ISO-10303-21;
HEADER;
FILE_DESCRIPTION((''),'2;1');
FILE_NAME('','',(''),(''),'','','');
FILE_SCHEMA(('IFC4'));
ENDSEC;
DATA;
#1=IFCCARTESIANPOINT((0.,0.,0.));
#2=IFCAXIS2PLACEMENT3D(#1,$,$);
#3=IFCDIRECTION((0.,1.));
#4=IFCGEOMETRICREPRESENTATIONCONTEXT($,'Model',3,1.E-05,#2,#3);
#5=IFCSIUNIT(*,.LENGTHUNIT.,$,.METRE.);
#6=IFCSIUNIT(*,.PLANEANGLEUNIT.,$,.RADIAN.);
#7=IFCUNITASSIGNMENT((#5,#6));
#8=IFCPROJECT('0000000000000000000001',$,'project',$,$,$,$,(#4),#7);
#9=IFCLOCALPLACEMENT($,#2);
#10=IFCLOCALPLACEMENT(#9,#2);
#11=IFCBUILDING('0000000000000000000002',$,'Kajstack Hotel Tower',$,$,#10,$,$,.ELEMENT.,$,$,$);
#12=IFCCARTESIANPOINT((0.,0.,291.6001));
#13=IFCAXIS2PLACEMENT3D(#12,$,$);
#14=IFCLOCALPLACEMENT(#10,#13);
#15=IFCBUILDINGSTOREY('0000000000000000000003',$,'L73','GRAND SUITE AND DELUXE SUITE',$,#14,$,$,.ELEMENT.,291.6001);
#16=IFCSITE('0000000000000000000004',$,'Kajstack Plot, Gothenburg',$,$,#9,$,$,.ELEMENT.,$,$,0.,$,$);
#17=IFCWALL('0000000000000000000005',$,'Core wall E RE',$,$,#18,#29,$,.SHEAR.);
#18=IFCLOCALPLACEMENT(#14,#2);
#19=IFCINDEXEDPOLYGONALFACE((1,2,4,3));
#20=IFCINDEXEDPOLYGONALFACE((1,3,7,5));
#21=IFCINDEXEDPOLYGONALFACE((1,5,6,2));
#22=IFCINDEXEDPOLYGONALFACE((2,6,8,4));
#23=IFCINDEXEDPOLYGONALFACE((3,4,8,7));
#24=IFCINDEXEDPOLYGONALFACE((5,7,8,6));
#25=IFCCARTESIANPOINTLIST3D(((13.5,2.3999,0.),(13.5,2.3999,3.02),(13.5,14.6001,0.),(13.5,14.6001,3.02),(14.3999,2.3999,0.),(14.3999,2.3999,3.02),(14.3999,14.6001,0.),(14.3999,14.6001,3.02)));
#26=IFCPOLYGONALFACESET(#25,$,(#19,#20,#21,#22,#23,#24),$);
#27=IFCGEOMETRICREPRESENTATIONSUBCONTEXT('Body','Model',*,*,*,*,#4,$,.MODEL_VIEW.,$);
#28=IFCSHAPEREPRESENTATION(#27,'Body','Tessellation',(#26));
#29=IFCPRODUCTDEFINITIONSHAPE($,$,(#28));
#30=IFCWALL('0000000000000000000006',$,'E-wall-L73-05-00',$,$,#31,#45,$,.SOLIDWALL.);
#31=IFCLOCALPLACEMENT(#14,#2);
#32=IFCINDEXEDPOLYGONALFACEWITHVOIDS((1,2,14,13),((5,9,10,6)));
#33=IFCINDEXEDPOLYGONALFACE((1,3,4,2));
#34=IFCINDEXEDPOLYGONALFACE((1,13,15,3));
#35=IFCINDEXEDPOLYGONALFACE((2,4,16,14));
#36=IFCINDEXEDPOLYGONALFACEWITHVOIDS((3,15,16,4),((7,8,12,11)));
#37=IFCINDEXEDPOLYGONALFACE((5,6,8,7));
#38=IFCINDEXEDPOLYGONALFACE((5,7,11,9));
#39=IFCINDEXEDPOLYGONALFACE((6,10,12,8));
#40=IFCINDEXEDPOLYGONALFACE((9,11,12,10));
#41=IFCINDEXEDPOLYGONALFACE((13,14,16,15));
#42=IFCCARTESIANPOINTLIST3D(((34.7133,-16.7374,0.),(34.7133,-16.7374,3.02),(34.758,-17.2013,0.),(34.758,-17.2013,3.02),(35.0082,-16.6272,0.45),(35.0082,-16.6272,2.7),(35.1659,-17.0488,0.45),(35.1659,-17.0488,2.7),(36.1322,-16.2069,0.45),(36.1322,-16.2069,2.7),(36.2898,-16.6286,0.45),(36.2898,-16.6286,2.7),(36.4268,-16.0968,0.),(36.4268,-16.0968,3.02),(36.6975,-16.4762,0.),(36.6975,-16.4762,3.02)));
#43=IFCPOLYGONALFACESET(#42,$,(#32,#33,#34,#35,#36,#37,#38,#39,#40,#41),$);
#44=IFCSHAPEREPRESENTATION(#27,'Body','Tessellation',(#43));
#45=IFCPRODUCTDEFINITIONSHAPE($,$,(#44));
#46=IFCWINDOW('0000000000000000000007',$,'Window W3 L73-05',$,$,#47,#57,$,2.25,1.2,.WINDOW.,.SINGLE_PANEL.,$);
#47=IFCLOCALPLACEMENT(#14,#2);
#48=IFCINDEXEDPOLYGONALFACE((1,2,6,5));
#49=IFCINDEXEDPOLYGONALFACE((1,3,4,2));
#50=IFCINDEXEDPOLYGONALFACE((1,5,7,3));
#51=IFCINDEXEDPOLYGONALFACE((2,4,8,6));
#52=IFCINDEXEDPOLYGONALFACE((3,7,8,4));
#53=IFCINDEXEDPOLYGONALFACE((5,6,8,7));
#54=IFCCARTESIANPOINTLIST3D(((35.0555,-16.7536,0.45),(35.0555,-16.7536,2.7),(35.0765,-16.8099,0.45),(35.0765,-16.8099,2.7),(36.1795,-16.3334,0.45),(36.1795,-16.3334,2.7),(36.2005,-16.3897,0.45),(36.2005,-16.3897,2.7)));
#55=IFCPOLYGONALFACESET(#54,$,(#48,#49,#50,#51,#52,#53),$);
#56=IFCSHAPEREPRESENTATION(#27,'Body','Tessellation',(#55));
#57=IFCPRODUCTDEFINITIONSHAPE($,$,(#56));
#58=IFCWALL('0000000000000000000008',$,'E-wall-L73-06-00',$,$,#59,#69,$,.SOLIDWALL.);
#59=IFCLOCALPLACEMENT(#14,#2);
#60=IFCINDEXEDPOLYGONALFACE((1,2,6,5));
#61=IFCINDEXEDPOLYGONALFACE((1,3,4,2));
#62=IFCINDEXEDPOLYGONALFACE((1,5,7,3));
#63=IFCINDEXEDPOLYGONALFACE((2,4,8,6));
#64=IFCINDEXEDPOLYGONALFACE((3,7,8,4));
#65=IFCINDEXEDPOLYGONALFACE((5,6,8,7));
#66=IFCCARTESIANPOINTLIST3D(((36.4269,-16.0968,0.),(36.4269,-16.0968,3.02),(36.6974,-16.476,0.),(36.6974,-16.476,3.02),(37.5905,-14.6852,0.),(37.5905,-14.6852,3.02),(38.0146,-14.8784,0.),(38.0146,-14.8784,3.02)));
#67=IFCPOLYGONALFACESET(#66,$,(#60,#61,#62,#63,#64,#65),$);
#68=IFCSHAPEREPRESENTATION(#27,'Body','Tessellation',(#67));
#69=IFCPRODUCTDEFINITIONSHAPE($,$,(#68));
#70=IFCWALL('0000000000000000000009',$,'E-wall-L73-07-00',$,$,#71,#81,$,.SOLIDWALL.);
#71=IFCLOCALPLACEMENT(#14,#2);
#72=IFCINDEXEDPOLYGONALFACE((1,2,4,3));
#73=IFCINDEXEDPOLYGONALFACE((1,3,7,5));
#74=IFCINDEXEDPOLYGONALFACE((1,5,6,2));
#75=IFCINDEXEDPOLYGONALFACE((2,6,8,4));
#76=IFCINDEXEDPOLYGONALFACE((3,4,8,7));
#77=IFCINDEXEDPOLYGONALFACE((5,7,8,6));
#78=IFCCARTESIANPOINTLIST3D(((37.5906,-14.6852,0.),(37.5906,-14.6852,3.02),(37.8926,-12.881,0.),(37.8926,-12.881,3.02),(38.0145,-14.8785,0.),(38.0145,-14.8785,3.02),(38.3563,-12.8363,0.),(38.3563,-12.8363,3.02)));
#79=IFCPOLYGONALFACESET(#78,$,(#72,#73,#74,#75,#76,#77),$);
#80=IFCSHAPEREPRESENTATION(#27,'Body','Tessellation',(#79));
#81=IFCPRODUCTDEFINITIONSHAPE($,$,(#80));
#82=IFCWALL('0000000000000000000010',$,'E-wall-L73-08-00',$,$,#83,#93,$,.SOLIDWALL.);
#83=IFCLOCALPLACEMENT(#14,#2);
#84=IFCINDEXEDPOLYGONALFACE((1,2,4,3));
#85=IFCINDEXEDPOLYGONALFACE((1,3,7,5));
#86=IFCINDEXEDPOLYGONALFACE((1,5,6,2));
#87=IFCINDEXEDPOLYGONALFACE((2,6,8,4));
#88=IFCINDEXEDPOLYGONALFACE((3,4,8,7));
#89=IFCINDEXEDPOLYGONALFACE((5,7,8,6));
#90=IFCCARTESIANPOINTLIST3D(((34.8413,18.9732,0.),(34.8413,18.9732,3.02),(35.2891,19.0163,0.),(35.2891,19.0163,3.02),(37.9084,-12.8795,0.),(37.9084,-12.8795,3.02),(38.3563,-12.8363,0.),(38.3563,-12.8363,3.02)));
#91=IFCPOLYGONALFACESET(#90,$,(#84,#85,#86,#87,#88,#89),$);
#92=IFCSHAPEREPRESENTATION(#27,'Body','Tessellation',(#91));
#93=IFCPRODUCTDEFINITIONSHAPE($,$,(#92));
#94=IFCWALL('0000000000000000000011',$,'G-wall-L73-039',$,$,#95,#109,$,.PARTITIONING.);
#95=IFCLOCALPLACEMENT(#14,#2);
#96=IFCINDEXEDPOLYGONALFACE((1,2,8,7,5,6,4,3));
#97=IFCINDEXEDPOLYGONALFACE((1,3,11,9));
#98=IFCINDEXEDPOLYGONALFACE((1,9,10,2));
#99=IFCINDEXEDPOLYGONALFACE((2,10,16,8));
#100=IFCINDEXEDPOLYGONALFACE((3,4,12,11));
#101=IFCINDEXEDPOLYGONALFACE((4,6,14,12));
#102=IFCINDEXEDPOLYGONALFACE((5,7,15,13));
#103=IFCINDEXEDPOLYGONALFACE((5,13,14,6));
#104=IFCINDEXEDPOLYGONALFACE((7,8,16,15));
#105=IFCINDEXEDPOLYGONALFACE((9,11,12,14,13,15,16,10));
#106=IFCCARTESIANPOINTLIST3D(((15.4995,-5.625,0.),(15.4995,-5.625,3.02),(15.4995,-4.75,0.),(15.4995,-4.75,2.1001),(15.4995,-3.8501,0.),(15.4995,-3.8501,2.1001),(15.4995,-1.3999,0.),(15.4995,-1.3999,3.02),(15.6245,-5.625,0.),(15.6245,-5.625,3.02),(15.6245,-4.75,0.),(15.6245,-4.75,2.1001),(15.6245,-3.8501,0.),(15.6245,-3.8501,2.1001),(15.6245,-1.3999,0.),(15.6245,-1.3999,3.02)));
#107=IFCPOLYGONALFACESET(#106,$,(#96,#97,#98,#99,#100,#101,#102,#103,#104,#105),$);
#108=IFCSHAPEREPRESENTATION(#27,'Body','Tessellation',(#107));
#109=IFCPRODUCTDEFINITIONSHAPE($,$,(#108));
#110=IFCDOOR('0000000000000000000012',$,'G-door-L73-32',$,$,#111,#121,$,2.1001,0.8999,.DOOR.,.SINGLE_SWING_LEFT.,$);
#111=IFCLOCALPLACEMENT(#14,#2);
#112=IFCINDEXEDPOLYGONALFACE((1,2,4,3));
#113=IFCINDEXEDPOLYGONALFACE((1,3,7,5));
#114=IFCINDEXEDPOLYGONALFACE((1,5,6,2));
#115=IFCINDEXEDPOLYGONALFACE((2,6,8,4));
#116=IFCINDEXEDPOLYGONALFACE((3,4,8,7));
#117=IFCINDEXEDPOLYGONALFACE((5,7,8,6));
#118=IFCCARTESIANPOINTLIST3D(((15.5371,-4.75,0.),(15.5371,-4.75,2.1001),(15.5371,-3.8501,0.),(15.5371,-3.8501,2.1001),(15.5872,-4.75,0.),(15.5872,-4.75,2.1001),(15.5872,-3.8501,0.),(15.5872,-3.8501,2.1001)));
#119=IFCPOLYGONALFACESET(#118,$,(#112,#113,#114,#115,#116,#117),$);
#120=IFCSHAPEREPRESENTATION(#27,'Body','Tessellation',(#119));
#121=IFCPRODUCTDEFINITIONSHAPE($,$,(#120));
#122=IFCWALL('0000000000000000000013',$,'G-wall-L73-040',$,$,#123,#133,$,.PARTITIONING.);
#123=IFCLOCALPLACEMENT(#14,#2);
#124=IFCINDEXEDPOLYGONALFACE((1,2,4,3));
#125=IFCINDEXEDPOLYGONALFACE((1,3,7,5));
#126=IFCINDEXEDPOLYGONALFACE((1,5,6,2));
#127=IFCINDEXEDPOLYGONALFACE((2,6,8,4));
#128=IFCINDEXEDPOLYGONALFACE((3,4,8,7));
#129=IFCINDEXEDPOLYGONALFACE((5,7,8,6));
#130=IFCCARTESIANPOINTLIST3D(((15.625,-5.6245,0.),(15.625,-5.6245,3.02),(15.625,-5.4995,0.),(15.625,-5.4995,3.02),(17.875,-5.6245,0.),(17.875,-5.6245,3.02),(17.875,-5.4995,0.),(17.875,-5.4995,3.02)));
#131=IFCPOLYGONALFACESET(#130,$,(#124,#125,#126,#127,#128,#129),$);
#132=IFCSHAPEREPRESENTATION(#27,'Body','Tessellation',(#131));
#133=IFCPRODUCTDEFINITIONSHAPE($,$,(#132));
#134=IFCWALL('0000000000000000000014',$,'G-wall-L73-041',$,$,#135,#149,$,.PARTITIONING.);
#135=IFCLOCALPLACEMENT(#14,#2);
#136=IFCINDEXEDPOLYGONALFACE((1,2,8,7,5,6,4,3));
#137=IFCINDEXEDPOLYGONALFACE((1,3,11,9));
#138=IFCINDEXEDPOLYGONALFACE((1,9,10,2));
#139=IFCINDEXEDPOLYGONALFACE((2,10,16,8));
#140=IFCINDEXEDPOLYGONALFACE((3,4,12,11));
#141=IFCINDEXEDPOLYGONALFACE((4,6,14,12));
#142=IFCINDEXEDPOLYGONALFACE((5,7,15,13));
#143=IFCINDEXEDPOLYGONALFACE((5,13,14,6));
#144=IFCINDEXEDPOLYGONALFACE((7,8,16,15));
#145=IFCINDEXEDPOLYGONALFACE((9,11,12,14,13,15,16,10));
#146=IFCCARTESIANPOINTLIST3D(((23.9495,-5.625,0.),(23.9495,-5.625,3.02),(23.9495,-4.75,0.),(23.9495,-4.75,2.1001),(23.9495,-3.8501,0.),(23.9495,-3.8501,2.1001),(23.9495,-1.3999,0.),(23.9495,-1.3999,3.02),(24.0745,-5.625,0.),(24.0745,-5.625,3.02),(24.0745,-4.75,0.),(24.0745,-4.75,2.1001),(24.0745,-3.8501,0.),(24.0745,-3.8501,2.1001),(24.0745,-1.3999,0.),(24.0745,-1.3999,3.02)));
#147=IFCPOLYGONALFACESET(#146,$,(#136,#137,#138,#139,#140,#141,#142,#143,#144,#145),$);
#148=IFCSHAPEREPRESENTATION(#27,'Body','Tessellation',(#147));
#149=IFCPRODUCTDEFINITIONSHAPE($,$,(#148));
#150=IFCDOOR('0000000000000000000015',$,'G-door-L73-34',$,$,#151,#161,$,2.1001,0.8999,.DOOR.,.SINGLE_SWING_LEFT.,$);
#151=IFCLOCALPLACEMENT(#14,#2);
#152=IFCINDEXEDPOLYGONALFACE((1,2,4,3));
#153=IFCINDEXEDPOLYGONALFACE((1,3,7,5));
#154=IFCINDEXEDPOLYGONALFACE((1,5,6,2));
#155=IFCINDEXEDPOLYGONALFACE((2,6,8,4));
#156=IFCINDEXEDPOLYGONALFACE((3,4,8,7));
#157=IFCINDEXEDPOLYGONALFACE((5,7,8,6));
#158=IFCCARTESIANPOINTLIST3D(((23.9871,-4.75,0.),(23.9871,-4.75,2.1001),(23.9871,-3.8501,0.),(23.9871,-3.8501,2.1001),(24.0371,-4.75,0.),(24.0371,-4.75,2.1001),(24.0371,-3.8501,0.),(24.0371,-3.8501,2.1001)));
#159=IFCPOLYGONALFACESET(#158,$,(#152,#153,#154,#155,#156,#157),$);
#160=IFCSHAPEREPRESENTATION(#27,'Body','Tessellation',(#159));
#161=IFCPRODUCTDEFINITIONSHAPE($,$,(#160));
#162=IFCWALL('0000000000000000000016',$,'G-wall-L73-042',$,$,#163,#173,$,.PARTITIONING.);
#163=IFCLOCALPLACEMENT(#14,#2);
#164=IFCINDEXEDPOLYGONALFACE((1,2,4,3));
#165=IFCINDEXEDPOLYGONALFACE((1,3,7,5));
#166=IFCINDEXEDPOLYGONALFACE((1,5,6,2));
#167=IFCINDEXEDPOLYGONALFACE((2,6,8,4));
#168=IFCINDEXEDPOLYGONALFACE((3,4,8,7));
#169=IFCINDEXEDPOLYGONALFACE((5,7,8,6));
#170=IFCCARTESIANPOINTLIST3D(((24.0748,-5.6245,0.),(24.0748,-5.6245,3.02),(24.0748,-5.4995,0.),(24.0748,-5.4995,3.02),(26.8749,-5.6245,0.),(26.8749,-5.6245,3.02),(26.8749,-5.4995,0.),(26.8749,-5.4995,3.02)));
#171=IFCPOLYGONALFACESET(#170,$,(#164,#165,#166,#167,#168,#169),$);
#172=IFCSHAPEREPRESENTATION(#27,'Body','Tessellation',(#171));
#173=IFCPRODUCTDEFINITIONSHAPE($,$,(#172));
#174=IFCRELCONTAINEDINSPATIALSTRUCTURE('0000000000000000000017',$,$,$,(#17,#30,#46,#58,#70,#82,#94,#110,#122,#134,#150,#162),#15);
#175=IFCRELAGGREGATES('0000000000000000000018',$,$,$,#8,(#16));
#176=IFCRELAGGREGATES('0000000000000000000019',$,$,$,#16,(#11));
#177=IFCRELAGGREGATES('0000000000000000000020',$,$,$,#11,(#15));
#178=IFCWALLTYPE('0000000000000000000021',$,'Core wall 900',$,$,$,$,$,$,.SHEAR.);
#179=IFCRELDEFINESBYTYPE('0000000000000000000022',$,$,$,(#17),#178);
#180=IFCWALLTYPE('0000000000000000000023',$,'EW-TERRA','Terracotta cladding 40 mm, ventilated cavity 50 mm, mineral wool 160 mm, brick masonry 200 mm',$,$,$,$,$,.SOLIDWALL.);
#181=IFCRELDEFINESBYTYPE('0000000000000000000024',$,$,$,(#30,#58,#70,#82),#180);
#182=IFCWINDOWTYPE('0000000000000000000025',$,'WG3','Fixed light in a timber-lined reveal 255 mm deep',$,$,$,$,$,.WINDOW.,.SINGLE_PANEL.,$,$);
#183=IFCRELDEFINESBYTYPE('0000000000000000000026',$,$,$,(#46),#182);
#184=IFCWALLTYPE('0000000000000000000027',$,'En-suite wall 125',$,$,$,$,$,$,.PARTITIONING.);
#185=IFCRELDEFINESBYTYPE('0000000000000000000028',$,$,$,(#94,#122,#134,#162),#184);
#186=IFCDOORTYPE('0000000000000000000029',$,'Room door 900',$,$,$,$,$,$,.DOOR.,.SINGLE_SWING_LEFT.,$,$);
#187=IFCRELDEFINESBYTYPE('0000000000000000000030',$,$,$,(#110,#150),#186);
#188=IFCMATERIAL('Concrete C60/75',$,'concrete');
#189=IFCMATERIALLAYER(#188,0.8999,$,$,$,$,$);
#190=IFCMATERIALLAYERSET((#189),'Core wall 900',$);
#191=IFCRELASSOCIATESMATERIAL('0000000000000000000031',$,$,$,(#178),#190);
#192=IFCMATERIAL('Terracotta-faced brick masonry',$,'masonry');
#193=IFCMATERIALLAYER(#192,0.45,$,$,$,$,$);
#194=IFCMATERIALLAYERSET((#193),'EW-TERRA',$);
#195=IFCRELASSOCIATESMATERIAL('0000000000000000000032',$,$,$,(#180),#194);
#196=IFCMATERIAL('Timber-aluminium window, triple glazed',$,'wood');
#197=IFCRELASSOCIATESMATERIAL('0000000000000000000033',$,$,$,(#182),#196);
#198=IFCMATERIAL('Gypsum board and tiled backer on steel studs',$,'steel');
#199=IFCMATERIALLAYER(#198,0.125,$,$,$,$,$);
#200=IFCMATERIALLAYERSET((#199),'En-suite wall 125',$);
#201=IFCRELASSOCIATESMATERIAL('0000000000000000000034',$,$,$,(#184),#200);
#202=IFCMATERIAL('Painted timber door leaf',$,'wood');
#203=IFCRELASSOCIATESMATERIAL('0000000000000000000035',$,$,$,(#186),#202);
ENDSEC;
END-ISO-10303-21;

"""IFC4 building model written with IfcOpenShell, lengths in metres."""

from ifc_helpers import new_model, si_unit, direction, frame, frame_2d, origin, place, context, subcontext, project, spatial, polyline, rectangle, outline, extrude, material, layer, layer_set, type_object, element, fill, save


model = new_model("IFC4")

# Units and contexts
model_context = context("Model", 3, precision=1e-05, world=origin(), true_north=direction((0.0, 1.0)))
body_context = subcontext(model_context, "Body", "Model", "MODEL_VIEW")
ifc_project = project(units=[si_unit("LENGTHUNIT", "METRE"), si_unit("PLANEANGLEUNIT", "RADIAN")], contexts=[model_context])

# Site, building, storey
site_placement = place(None, origin())
site = spatial("IfcSite", under=ifc_project, at=site_placement, Name="Kajstack Plot, Gothenburg", CompositionType="ELEMENT", RefElevation=0.0)
building_placement = place(site_placement, origin())
building = spatial("IfcBuilding", under=site, at=building_placement, Name="Kajstack Hotel Tower", CompositionType="ELEMENT")
storey_placement = place(building_placement, frame((0.0, 0.0, 291.6001)))
storey = spatial("IfcBuildingStorey", under=building, at=storey_placement, Name="L73", Description="GRAND SUITE AND DELUXE SUITE", CompositionType="ELEMENT", Elevation=291.6001)

# Wall
ifc_material_1 = material(Name="Concrete C60/75", Category="concrete")
ifc_layer_1 = layer(ifc_material_1, 0.8999)
ifc_layer_set_1 = layer_set([ifc_layer_1], Name="Core wall 900")
wall_type_1 = type_object("IfcWallType", Name="Core wall 900", PredefinedType="SHEAR", material=ifc_layer_set_1)
wall_1_placement = place(storey_placement, frame((13.95, 2.3999, 0.0), z_axis=(0.0, 0.0, 1.0), x_axis=(0.0, 1.0, 0.0)))
element("IfcWall", 1, at=wall_1_placement, inside=storey, type_object=wall_type_1, Name="Core wall E RE", PredefinedType="SHEAR", context=body_context, shape_type="SweptSolid", body=[
    extrude(rectangle(XDim=12.2002, YDim=0.8999, at=frame_2d((6.1001, 0.0))), origin(), (0.0, 0.0, 1.0), 3.02),
])

# Wall, opening, window
ifc_material_2 = material(Name="Terracotta-faced brick masonry", Category="masonry")
ifc_layer_2 = layer(ifc_material_2, 0.45)
ifc_layer_set_2 = layer_set([ifc_layer_2], Name="EW-TERRA")
wall_type_2 = type_object("IfcWallType", Name="EW-TERRA", Description="Terracotta cladding 40 mm, ventilated cavity 50 mm, mineral wool 160 mm, brick masonry 200 mm", PredefinedType="SOLIDWALL", material=ifc_layer_set_2)
wall_2_placement = place(storey_placement, frame((34.6792, -16.9905, 0.0), z_axis=(0.0, 0.0, 1.0), x_axis=(0.936678, 0.350193, 0.0)))
wall_2 = element("IfcWall", 2, at=wall_2_placement, inside=storey, type_object=wall_type_2, Name="E-wall-L73-05-00", PredefinedType="SOLIDWALL", context=body_context, shape_type="SweptSolid", body=[
    extrude(outline(polyline([(0.0, -0.2251), (2.0706, -0.2251), (1.95, 0.2251), (0.1206, 0.2251), (0.0, -0.2251)])), origin(), (0.0, 0.0, 1.0), 3.02),
])
opening_1_placement = place(wall_2_placement, frame((0.4353, 0.0, 0.45)))
opening_1 = element("IfcOpeningElement", 3, at=opening_1_placement, cuts=wall_2, PredefinedType="OPENING", context=body_context, shape_type="SweptSolid", body=[
    extrude(rectangle(XDim=1.2, YDim=2.25, at=frame_2d((0.6001, 1.125))), frame((0.0, 0.2349, 0.0), z_axis=(0.0, -1.0, 0.0), x_axis=(1.0, 0.0, 0.0)), (0.0, 0.0, 1.0), 0.47),
])
ifc_material_3 = material(Name="Timber-aluminium window, triple glazed", Category="wood")
window_type = type_object("IfcWindowType", Name="WG3", Description="Fixed light in a timber-lined reveal 255 mm deep", PartitioningType="SINGLE_PANEL", PredefinedType="WINDOW", material=ifc_material_3)
window_placement = place(opening_1_placement, origin())
window = element("IfcWindow", 4, at=window_placement, inside=storey, type_object=window_type, Name="Window W3 L73-05", OverallHeight=2.25, OverallWidth=1.2, PartitioningType="SINGLE_PANEL", PredefinedType="WINDOW", context=body_context, shape_type="SweptSolid", body=[
    extrude(rectangle(XDim=1.2, YDim=2.25, at=frame_2d((0.6001, 1.125))), frame((0.0, 0.0901, 0.0), z_axis=(0.0, -1.0, 0.0), x_axis=(1.0, 0.0, 0.0)), (0.0, 0.0, 1.0), 0.0601),
])
fill(opening_1, window)

# Walls
wall_3_placement = place(storey_placement, frame((36.5239, -16.333, 0.0), z_axis=(0.0, 0.0, 1.0), x_axis=(0.636046, 0.771651, 0.0)))
element("IfcWall", 5, at=wall_3_placement, inside=storey, type_object=wall_type_2, Name="E-wall-L73-06-00", PredefinedType="SOLIDWALL", context=body_context, shape_type="SweptSolid", body=[
    extrude(outline(polyline([(0.0, -0.2249), (2.0706, -0.2251), (1.95, 0.2251), (0.1206, 0.2251), (0.0, -0.2249)])), origin(), (0.0, 0.0, 1.0), 3.02),
])
wall_4_placement = place(storey_placement, frame((37.7925, -14.8413, 0.0), z_axis=(0.0, 0.0, 1.0), x_axis=(0.165068, 0.986282, 0.0)))
element("IfcWall", 6, at=wall_4_placement, inside=storey, type_object=wall_type_2, Name="E-wall-L73-07-00", PredefinedType="SOLIDWALL", context=body_context, shape_type="SweptSolid", body=[
    extrude(outline(polyline([(0.0, -0.2251), (2.0706, -0.2251), (1.95, 0.2249), (0.1206, 0.2249), (0.0, -0.2251)])), origin(), (0.0, 0.0, 1.0), 3.02),
])
wall_5_placement = place(storey_placement, frame((38.1323, -12.8579, 0.0), z_axis=(0.0, 0.0, 1.0), x_axis=(-0.095848, 0.995396, 0.0)))
element("IfcWall", 7, at=wall_5_placement, inside=storey, type_object=wall_type_2, Name="E-wall-L73-08-00", PredefinedType="SOLIDWALL", context=body_context, shape_type="SweptSolid", body=[
    extrude(rectangle(XDim=32.0, YDim=0.45, at=frame_2d((16.0, 0.0))), origin(), (0.0, 0.0, 1.0), 3.02),
])

# Wall, opening, door
ifc_material_4 = material(Name="Gypsum board and tiled backer on steel studs", Category="steel")
ifc_layer_3 = layer(ifc_material_4, 0.125)
ifc_layer_set_3 = layer_set([ifc_layer_3], Name="En-suite wall 125")
wall_type_3 = type_object("IfcWallType", Name="En-suite wall 125", PredefinedType="PARTITIONING", material=ifc_layer_set_3)
wall_6_placement = place(storey_placement, frame((15.562, -5.625, 0.0), z_axis=(0.0, 0.0, 1.0), x_axis=(0.0, 1.0, 0.0)))
wall_6 = element("IfcWall", 8, at=wall_6_placement, inside=storey, type_object=wall_type_3, Name="G-wall-L73-039", PredefinedType="PARTITIONING", context=body_context, shape_type="SweptSolid", body=[
    extrude(rectangle(XDim=4.2251, YDim=0.125, at=frame_2d((2.1125, 0.0))), origin(), (0.0, 0.0, 1.0), 3.02),
])
opening_2_placement = place(wall_6_placement, frame((0.875, 0.0, 0.0)))
opening_2 = element("IfcOpeningElement", 9, at=opening_2_placement, cuts=wall_6, PredefinedType="OPENING", context=body_context, shape_type="SweptSolid", body=[
    extrude(rectangle(XDim=0.8999, YDim=2.1001, at=frame_2d((0.45, 1.05))), frame((0.0, 0.0725, 0.0), z_axis=(0.0, -1.0, 0.0), x_axis=(1.0, 0.0, 0.0)), (0.0, 0.0, 1.0), 0.145),
])
ifc_material_5 = material(Name="Painted timber door leaf", Category="wood")
door_type_1 = type_object("IfcDoorType", Name="Room door 900", OperationType="SINGLE_SWING_LEFT", PredefinedType="DOOR", material=ifc_material_5)
door_1_placement = place(opening_2_placement, origin())
door_1 = element("IfcDoor", 10, at=door_1_placement, inside=storey, type_object=door_type_1, Name="G-door-L73-32", OperationType="SINGLE_SWING_LEFT", OverallHeight=2.1001, OverallWidth=0.8999, PredefinedType="DOOR", context=body_context, shape_type="SweptSolid", body=[
    extrude(rectangle(XDim=0.8999, YDim=2.1001, at=frame_2d((0.45, 1.05))), frame((0.0, 0.0249, 0.0), z_axis=(0.0, -1.0, 0.0), x_axis=(1.0, 0.0, 0.0)), (0.0, 0.0, 1.0), 0.05),
])
fill(opening_2, door_1)

# Wall
wall_7_placement = place(storey_placement, frame((15.625, -5.562, 0.0), z_axis=(0.0, 0.0, 1.0), x_axis=(1.0, 0.0, 0.0)))
element("IfcWall", 11, at=wall_7_placement, inside=storey, type_object=wall_type_3, Name="G-wall-L73-040", PredefinedType="PARTITIONING", context=body_context, shape_type="SweptSolid", body=[
    extrude(rectangle(XDim=2.25, YDim=0.125, at=frame_2d((1.125, 0.0))), origin(), (0.0, 0.0, 1.0), 3.02),
])

# Wall, opening, door
wall_8_placement = place(storey_placement, frame((24.012, -5.625, 0.0), z_axis=(0.0, 0.0, 1.0), x_axis=(0.0, 1.0, 0.0)))
wall_8 = element("IfcWall", 12, at=wall_8_placement, inside=storey, type_object=wall_type_3, Name="G-wall-L73-041", PredefinedType="PARTITIONING", context=body_context, shape_type="SweptSolid", body=[
    extrude(rectangle(XDim=4.2251, YDim=0.125, at=frame_2d((2.1125, 0.0))), origin(), (0.0, 0.0, 1.0), 3.02),
])
opening_3_placement = place(wall_8_placement, frame((0.875, 0.0, 0.0)))
opening_3 = element("IfcOpeningElement", 13, at=opening_3_placement, cuts=wall_8, PredefinedType="OPENING", context=body_context, shape_type="SweptSolid", body=[
    extrude(rectangle(XDim=0.8999, YDim=2.1001, at=frame_2d((0.45, 1.05))), frame((0.0, 0.0725, 0.0), z_axis=(0.0, -1.0, 0.0), x_axis=(1.0, 0.0, 0.0)), (0.0, 0.0, 1.0), 0.145),
])
door_2_placement = place(opening_3_placement, origin())
door_2 = element("IfcDoor", 14, at=door_2_placement, inside=storey, type_object=door_type_1, Name="G-door-L73-34", OperationType="SINGLE_SWING_LEFT", OverallHeight=2.1001, OverallWidth=0.8999, PredefinedType="DOOR", context=body_context, shape_type="SweptSolid", body=[
    extrude(rectangle(XDim=0.8999, YDim=2.1001, at=frame_2d((0.45, 1.05))), frame((0.0, 0.0249, 0.0), z_axis=(0.0, -1.0, 0.0), x_axis=(1.0, 0.0, 0.0)), (0.0, 0.0, 1.0), 0.05),
])
fill(opening_3, door_2)

# Wall
wall_9_placement = place(storey_placement, frame((24.075, -5.562, 0.0), z_axis=(0.0, 0.0, 1.0), x_axis=(1.0, 0.0, 0.0)))
element("IfcWall", 15, at=wall_9_placement, inside=storey, type_object=wall_type_3, Name="G-wall-L73-042", PredefinedType="PARTITIONING", context=body_context, shape_type="SweptSolid", body=[
    extrude(rectangle(XDim=2.8, YDim=0.125, at=frame_2d((1.3999, 0.0))), origin(), (0.0, 0.0, 1.0), 3.02),
])

save(model, "model.ifc")
